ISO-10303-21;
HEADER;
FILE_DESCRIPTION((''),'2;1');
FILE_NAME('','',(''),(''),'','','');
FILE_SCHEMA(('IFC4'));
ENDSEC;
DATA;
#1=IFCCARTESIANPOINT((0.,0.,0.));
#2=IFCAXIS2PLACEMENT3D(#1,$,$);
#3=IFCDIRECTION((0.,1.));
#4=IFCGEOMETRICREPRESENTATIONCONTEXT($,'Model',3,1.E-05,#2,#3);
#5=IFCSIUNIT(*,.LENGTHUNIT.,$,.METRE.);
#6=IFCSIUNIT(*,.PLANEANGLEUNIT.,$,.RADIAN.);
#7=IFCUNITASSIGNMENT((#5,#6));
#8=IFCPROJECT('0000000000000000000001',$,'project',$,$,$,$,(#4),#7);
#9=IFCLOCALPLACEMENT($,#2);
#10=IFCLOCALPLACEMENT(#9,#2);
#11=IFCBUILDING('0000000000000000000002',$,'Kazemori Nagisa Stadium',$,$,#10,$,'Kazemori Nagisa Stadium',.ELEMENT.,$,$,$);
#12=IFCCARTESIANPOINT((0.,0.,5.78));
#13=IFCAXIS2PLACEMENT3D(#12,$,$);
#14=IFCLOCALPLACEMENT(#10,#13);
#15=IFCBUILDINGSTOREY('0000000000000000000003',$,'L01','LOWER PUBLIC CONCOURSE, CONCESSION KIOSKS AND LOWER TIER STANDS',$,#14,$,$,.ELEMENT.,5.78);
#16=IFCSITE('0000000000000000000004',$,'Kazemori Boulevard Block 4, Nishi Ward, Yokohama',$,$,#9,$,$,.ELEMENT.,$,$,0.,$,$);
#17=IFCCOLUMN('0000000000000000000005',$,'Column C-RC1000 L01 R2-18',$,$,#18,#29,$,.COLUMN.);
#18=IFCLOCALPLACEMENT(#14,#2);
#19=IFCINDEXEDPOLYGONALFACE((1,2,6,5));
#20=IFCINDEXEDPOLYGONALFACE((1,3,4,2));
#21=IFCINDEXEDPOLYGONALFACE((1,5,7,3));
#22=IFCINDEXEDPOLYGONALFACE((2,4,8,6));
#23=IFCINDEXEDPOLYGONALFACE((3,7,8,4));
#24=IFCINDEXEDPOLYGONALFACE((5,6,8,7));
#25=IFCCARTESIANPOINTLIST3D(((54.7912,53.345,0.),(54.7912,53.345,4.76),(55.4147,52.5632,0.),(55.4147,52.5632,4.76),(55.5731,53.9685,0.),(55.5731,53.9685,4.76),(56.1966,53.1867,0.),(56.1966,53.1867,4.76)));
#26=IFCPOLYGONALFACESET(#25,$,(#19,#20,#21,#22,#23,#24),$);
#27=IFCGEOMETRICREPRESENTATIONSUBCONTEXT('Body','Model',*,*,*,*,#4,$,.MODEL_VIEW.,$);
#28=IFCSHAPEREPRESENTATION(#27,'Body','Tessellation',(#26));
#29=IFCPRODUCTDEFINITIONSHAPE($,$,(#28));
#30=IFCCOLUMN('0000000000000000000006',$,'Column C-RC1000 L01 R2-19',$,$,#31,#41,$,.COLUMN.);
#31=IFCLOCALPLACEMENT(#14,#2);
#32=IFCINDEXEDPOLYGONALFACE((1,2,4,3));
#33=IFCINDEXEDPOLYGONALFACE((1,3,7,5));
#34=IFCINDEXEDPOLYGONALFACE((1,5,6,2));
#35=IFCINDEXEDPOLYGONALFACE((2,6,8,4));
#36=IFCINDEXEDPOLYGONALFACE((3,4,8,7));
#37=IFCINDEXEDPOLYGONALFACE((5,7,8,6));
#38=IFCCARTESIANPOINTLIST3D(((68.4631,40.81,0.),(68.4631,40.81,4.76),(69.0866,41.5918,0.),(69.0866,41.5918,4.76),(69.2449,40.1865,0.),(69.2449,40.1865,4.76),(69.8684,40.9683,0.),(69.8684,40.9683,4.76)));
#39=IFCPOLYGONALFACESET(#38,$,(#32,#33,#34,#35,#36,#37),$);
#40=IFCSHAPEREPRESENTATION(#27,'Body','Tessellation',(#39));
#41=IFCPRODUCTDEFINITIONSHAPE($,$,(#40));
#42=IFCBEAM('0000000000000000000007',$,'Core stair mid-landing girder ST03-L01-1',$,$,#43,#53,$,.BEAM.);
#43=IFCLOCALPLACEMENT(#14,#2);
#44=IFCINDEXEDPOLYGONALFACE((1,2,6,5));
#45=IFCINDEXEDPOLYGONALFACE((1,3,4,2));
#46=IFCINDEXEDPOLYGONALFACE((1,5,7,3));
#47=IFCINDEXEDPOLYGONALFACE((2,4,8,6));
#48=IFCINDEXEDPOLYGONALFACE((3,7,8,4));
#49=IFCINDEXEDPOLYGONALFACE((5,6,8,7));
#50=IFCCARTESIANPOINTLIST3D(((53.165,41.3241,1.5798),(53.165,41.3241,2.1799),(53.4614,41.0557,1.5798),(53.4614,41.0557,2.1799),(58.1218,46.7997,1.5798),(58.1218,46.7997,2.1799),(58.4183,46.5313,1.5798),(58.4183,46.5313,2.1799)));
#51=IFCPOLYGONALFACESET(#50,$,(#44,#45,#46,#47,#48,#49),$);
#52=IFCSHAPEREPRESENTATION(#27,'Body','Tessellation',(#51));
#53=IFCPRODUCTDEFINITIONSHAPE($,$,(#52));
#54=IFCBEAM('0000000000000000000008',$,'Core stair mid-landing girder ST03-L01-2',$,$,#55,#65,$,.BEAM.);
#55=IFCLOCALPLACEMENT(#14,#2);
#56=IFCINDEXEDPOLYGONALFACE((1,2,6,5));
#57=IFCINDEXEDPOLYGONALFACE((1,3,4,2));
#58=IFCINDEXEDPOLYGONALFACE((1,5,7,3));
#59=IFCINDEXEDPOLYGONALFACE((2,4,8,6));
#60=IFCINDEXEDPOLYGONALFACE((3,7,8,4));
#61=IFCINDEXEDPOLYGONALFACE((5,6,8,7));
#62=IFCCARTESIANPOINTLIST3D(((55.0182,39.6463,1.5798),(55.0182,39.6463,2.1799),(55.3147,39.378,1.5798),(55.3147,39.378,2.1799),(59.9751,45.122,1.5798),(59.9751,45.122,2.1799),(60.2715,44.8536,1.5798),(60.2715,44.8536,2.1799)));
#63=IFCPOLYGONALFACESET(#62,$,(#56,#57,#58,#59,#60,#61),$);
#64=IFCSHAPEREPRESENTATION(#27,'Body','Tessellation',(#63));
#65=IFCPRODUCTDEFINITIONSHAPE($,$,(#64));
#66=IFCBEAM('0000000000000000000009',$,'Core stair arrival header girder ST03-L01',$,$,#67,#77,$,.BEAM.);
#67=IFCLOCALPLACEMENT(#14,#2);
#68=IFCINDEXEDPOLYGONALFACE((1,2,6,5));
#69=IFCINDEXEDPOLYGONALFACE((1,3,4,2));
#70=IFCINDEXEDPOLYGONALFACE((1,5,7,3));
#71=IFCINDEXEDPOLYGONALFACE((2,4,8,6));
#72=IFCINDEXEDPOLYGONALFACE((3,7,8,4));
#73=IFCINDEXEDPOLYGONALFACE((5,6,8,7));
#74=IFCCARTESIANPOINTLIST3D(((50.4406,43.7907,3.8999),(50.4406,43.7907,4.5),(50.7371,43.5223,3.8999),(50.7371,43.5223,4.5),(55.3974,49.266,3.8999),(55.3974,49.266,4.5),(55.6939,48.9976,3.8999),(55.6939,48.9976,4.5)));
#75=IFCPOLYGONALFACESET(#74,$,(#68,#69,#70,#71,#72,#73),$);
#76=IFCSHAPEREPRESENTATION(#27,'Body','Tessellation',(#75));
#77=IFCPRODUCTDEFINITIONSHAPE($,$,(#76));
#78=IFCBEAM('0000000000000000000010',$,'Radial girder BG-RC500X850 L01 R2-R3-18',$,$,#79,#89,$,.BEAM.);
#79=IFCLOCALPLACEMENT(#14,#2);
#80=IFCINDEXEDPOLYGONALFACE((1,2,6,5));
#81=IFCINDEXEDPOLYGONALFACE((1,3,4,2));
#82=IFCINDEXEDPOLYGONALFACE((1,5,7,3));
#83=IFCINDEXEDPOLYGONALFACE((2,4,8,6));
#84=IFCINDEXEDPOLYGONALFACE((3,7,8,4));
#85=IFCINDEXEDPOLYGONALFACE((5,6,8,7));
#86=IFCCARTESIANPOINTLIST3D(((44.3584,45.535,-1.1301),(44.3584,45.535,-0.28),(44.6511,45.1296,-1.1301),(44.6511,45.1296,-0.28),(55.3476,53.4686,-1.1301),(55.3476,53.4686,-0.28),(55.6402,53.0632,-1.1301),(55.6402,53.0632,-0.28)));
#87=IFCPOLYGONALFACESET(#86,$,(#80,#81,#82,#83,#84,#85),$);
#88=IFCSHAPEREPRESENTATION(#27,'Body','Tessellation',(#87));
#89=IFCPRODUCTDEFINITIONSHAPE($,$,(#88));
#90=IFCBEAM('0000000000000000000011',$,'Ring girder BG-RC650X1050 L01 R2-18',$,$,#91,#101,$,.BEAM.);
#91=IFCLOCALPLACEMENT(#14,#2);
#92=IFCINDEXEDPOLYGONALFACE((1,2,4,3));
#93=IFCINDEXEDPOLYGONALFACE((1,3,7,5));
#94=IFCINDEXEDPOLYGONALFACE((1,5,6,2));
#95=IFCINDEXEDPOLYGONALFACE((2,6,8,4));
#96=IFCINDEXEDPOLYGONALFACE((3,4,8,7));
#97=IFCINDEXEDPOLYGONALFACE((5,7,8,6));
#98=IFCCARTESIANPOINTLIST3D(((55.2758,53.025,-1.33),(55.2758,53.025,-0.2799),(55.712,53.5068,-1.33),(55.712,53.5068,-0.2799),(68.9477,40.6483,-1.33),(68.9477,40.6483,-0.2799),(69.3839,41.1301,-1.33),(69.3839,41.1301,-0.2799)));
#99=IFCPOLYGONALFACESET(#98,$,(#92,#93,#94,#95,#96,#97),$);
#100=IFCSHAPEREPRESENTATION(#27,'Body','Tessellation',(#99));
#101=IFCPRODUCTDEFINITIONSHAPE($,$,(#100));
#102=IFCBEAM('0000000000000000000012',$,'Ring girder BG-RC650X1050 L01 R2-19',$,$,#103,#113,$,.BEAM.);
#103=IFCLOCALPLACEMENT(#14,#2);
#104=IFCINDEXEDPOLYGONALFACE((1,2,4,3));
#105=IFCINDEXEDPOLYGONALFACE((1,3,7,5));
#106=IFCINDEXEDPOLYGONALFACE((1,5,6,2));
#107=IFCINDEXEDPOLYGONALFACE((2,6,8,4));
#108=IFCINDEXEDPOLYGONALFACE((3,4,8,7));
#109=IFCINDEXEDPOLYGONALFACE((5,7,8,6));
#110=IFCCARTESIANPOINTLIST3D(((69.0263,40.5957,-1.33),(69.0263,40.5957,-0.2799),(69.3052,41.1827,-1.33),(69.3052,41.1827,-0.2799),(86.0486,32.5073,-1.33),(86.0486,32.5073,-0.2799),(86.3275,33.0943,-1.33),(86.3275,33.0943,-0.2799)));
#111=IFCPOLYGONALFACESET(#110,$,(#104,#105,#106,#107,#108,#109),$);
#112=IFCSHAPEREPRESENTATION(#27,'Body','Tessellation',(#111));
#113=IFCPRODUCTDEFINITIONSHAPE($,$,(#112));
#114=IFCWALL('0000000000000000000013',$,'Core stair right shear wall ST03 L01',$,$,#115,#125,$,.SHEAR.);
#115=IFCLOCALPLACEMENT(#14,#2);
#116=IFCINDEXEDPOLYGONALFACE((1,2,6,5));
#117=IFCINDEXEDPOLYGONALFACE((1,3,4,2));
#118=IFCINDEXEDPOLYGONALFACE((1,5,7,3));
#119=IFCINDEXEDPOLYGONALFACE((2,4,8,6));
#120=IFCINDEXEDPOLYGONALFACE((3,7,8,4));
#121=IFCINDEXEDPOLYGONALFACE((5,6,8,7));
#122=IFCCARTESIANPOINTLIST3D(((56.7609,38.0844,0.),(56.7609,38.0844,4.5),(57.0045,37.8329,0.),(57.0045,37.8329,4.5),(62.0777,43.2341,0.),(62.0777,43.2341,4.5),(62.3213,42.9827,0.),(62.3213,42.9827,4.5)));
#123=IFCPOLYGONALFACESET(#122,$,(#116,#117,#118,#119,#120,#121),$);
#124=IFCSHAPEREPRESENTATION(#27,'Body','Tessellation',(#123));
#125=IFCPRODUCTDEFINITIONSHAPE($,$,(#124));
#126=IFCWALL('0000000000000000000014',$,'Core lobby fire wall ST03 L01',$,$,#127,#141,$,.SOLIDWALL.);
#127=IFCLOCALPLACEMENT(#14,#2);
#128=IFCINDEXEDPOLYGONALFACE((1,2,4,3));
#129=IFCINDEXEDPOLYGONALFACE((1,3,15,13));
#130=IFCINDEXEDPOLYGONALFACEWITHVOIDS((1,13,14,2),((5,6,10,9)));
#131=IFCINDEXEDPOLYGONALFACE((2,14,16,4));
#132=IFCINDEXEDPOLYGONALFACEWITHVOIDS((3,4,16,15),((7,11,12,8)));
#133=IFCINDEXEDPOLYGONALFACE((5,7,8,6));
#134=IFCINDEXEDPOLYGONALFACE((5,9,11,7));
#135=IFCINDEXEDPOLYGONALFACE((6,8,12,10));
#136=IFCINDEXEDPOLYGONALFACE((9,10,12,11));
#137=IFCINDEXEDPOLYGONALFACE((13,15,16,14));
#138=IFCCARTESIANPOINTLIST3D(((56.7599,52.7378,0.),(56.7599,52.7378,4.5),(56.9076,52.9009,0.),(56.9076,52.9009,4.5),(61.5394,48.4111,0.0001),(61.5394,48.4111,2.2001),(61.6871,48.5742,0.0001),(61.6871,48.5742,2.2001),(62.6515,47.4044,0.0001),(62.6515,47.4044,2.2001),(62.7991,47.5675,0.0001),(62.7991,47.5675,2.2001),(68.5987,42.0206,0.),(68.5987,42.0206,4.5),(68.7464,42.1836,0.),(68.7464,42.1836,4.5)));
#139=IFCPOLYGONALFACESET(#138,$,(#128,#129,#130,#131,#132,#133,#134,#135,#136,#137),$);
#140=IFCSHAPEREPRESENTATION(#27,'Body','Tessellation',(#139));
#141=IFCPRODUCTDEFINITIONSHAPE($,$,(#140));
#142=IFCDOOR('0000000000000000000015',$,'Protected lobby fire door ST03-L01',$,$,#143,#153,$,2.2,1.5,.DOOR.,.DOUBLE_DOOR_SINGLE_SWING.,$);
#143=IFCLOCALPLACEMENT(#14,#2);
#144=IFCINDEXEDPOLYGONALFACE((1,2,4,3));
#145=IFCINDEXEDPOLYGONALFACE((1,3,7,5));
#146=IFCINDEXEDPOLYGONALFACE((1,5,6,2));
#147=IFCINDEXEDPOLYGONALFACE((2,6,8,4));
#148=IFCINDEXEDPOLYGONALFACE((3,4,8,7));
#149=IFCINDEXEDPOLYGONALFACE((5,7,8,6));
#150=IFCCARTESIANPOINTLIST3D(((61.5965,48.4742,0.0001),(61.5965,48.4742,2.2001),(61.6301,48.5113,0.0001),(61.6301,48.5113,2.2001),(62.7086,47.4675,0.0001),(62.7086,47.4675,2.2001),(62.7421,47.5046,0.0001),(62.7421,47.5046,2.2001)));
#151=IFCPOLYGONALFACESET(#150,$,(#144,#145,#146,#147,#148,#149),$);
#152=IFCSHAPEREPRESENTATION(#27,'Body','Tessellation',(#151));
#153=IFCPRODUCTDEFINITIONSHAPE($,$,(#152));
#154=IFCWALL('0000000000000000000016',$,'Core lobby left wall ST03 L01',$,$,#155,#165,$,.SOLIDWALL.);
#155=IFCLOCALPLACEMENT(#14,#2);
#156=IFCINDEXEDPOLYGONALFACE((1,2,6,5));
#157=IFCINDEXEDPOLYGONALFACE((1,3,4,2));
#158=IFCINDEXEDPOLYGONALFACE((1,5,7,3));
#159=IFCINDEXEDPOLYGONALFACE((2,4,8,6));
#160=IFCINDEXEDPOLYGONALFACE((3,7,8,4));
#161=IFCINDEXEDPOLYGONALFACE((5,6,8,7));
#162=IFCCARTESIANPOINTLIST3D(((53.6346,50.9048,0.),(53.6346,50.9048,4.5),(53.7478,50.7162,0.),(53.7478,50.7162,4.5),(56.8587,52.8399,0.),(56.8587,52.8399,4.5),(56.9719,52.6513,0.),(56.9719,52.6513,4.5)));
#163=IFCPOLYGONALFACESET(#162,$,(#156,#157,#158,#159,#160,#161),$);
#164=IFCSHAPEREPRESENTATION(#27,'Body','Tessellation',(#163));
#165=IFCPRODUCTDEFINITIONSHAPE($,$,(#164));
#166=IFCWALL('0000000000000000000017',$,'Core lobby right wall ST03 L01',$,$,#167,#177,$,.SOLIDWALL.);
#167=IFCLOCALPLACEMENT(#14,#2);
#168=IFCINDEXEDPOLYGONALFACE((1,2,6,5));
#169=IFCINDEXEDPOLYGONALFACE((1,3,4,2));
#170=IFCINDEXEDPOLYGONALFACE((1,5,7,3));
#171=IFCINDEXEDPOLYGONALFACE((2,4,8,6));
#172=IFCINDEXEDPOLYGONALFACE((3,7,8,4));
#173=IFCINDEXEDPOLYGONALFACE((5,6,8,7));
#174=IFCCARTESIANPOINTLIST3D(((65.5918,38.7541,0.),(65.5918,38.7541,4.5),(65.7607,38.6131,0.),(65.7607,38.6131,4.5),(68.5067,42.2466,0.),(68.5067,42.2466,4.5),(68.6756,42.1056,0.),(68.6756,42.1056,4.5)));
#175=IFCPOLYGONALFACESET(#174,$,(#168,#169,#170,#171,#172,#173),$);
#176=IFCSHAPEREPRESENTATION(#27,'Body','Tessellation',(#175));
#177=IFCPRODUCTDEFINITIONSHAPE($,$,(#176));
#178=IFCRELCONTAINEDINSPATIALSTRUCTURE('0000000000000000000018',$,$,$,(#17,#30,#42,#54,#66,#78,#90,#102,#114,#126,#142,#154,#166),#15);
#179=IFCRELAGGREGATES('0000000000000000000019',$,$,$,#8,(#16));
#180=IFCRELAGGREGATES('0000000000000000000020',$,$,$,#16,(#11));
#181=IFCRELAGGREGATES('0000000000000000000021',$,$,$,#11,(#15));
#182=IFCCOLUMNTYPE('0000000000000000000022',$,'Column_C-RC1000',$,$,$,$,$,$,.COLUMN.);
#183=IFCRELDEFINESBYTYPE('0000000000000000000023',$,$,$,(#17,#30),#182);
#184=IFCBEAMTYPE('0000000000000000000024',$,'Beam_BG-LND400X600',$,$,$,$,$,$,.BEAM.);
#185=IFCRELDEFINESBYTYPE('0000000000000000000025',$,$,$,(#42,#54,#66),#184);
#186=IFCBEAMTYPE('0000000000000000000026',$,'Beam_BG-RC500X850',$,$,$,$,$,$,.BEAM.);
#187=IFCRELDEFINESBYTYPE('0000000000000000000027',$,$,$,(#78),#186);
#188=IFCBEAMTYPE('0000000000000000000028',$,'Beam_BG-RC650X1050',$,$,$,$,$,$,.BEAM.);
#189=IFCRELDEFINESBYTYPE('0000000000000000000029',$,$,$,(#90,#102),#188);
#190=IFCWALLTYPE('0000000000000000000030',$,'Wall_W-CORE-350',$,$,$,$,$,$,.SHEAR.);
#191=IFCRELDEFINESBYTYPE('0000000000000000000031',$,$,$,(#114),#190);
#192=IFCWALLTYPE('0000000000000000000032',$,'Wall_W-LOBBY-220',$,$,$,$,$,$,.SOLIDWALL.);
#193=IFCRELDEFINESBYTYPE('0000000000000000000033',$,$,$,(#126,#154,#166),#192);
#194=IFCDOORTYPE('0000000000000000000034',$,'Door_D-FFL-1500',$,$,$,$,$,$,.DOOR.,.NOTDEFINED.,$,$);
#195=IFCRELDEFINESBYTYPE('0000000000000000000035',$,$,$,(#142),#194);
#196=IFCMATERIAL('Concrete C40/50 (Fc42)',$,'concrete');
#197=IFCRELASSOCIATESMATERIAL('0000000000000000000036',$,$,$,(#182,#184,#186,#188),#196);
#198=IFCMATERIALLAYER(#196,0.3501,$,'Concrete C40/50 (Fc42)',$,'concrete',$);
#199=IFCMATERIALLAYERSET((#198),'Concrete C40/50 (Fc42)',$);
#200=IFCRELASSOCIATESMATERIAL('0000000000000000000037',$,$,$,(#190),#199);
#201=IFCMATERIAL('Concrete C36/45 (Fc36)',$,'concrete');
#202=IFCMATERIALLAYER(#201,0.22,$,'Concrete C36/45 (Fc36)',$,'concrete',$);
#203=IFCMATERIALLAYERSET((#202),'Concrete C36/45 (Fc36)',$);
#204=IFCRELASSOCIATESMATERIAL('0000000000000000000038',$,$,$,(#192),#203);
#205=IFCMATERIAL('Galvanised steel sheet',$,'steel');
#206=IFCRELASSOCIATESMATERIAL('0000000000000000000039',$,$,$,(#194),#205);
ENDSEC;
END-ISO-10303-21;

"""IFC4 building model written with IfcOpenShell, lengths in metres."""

from ifc_helpers import new_model, si_unit, direction, frame, frame_2d, origin, origin_2d, place, context, subcontext, project, spatial, rectangle, extrude, material, layer, layer_set, material_profile, profile_set, type_object, element, fill, save


model = new_model("IFC4")

# Units and contexts
model_context = context("Model", 3, precision=1e-05, world=origin(), true_north=direction((0.0, 1.0)))
body_context = subcontext(model_context, "Body", "Model", "MODEL_VIEW")
ifc_project = project(units=[si_unit("LENGTHUNIT", "METRE"), si_unit("PLANEANGLEUNIT", "RADIAN")], contexts=[model_context])

# Site, building, storey
site_placement = place(None, origin())
site = spatial("IfcSite", under=ifc_project, at=site_placement, Name="Kazemori Boulevard Block 4, Nishi Ward, Yokohama", CompositionType="ELEMENT", RefElevation=0.0)
building_placement = place(site_placement, origin())
building = spatial("IfcBuilding", under=site, at=building_placement, Name="Kazemori Nagisa Stadium", LongName="Kazemori Nagisa Stadium", CompositionType="ELEMENT")
storey_placement = place(building_placement, frame((0.0, 0.0, 5.78)))
storey = spatial("IfcBuildingStorey", under=building, at=storey_placement, Name="L01", Description="LOWER PUBLIC CONCOURSE, CONCESSION KIOSKS AND LOWER TIER STANDS", CompositionType="ELEMENT", Elevation=5.78)

# Columns
ifc_material_1 = material(Name="Concrete C40/50 (Fc42)", Category="concrete")
ifc_material_profile_1 = material_profile(ifc_material_1, rectangle(XDim=1.0, YDim=1.0, at=origin_2d()), Name="RC-COL-1000x1000")
ifc_profile_set_1 = profile_set([ifc_material_profile_1], Name="Concrete C40/50 (Fc42)")
column_type = type_object("IfcColumnType", Name="Column_C-RC1000", PredefinedType="COLUMN", material=ifc_profile_set_1)
for number, where, z_axis, x_axis, name in (
    (1, (55.4939, 53.2659, 0.0), (0.0, 0.0, 1.0), (-0.781831, -0.62349, 0.0), "Column C-RC1000 L01 R2-18"),
    (2, (69.1658, 40.8892, 0.0), (0.0, 0.0, 1.0), (-0.62349, -0.781831, 0.0), "Column C-RC1000 L01 R2-19"),
):
    element("IfcColumn", number, at=place(storey_placement, frame(where, z_axis=z_axis, x_axis=x_axis)), inside=storey, type_object=column_type, Name=name, PredefinedType="COLUMN", context=body_context, shape_type="SweptSolid", body=[
        extrude(rectangle(XDim=1.0, YDim=1.0, at=origin_2d()), origin(), (0.0, 0.0, 1.0), 4.76),
    ])

# Beams
ifc_material_profile_2 = material_profile(ifc_material_1, rectangle(XDim=0.3999, YDim=0.6001, at=origin_2d()), Name="RC-BM-400x600")
ifc_profile_set_2 = profile_set([ifc_material_profile_2], Name="Concrete C40/50 (Fc42)")
beam_type_1 = type_object("IfcBeamType", Name="Beam_BG-LND400X600", PredefinedType="BEAM", material=ifc_profile_set_2)
for number, where, z_axis, x_axis, name in (
    (3, (58.27, 46.6655, 1.8799), (-0.671113, -0.741355, 0.0), (0.741355, -0.671113, 0.0), "Core stair mid-landing girder ST03-L01-1"),
    (4, (60.1233, 44.9878, 1.8799), (-0.671113, -0.741355, 0.0), (0.741355, -0.671113, 0.0), "Core stair mid-landing girder ST03-L01-2"),
):
    element("IfcBeam", number, at=place(storey_placement, frame(where, z_axis=z_axis, x_axis=x_axis)), inside=storey, type_object=beam_type_1, Name=name, PredefinedType="BEAM", context=body_context, shape_type="SweptSolid", body=[
        extrude(rectangle(XDim=0.3999, YDim=0.6001, at=origin_2d()), origin(), (0.0, 0.0, 1.0), 7.386),
    ])
beam_1_placement = place(storey_placement, frame((55.5457, 49.1318, 4.2), z_axis=(-0.67113, -0.74134, 0.0), x_axis=(0.74134, -0.67113, 0.0)))
element("IfcBeam", 5, at=beam_1_placement, inside=storey, type_object=beam_type_1, Name="Core stair arrival header girder ST03-L01", PredefinedType="BEAM", context=body_context, shape_type="SweptSolid", body=[
    extrude(rectangle(XDim=0.3999, YDim=0.6001, at=origin_2d()), origin(), (0.0, 0.0, 1.0), 7.3857),
])
ifc_material_profile_3 = material_profile(ifc_material_1, rectangle(XDim=0.5, YDim=0.8501, at=origin_2d()), Name="RC-BM-500x850")
ifc_profile_set_3 = profile_set([ifc_material_profile_3], Name="Concrete C40/50 (Fc42)")
beam_type_2 = type_object("IfcBeamType", Name="Beam_BG-RC500X850", PredefinedType="BEAM", material=ifc_profile_set_3)
beam_2_placement = place(storey_placement, frame((55.4939, 53.2659, -0.7051), z_axis=(-0.810788, -0.585341, 0.0), x_axis=(0.585341, -0.810788, 0.0)))
element("IfcBeam", 6, at=beam_2_placement, inside=storey, type_object=beam_type_2, Name="Radial girder BG-RC500X850 L01 R2-R3-18", PredefinedType="BEAM", context=body_context, shape_type="SweptSolid", body=[
    extrude(rectangle(XDim=0.5, YDim=0.8501, at=origin_2d()), origin(), (0.0, 0.0, 1.0), 13.5537),
])
ifc_material_profile_4 = material_profile(ifc_material_1, rectangle(XDim=0.6499, YDim=1.05, at=origin_2d()), Name="RC-BM-650x1050")
ifc_profile_set_4 = profile_set([ifc_material_profile_4], Name="Concrete C40/50 (Fc42)")
beam_type_3 = type_object("IfcBeamType", Name="Beam_BG-RC650X1050", PredefinedType="BEAM", material=ifc_profile_set_4)
beam_3_placement = place(storey_placement, frame((55.4939, 53.2659, -0.8049), z_axis=(0.741349, -0.67112, 0.0), x_axis=(0.67112, 0.741349, 0.0)))
element("IfcBeam", 7, at=beam_3_placement, inside=storey, type_object=beam_type_3, Name="Ring girder BG-RC650X1050 L01 R2-18", PredefinedType="BEAM", context=body_context, shape_type="SweptSolid", body=[
    extrude(rectangle(XDim=0.6499, YDim=1.05, at=origin_2d()), origin(), (0.0, 0.0, 1.0), 18.4419),
])
beam_4_placement = place(storey_placement, frame((69.1658, 40.8892, -0.8049), z_axis=(0.903219, -0.429179, 0.0), x_axis=(0.429179, 0.903219, 0.0)))
element("IfcBeam", 8, at=beam_4_placement, inside=storey, type_object=beam_type_3, Name="Ring girder BG-RC650X1050 L01 R2-19", PredefinedType="BEAM", context=body_context, shape_type="SweptSolid", body=[
    extrude(rectangle(XDim=0.6499, YDim=1.05, at=origin_2d()), origin(), (0.0, 0.0, 1.0), 18.8462),
])

# Wall
ifc_layer_1 = layer(ifc_material_1, 0.3501, Name="Concrete C40/50 (Fc42)", Category="concrete")
ifc_layer_set_1 = layer_set([ifc_layer_1], Name="Concrete C40/50 (Fc42)")
wall_type_1 = type_object("IfcWallType", Name="Wall_W-CORE-350", PredefinedType="SHEAR", material=ifc_layer_set_1)
wall_1_placement = place(storey_placement, frame((62.1995, 43.1084, 0.0), z_axis=(0.0, 0.0, 1.0), x_axis=(-0.718297, -0.695736, 0.0)))
element("IfcWall", 9, at=wall_1_placement, inside=storey, type_object=wall_type_1, Name="Core stair right shear wall ST03 L01", PredefinedType="SHEAR", context=body_context, shape_type="SweptSolid", body=[
    extrude(rectangle(XDim=7.4019, YDim=0.3501, at=frame_2d((3.7009, 0.0))), origin(), (0.0, 0.0, 1.0), 4.5),
])

# Wall, opening, door
ifc_material_2 = material(Name="Concrete C36/45 (Fc36)", Category="concrete")
ifc_layer_2 = layer(ifc_material_2, 0.22, Name="Concrete C36/45 (Fc36)", Category="concrete")
ifc_layer_set_2 = layer_set([ifc_layer_2], Name="Concrete C36/45 (Fc36)")
wall_type_2 = type_object("IfcWallType", Name="Wall_W-LOBBY-220", PredefinedType="SOLIDWALL", material=ifc_layer_set_2)
wall_2_placement = place(storey_placement, frame((56.8337, 52.8193, 0.0), z_axis=(0.0, 0.0, 1.0), x_axis=(0.741351, -0.671117, 0.0)))
wall_2 = element("IfcWall", 10, at=wall_2_placement, inside=storey, type_object=wall_type_2, Name="Core lobby fire wall ST03 L01", PredefinedType="SOLIDWALL", context=body_context, shape_type="SweptSolid", body=[
    extrude(rectangle(XDim=15.9692, YDim=0.22, at=frame_2d((7.9846, 0.0))), origin(), (0.0, 0.0, 1.0), 4.5),
])
opening_1_placement = place(wall_2_placement, frame((6.447, 0.0, 0.0)))
opening_1 = element("IfcOpeningElement", 11, at=opening_1_placement, cuts=wall_2, PredefinedType="OPENING", context=body_context, shape_type="SweptSolid", body=[
    extrude(rectangle(XDim=1.5, YDim=2.2, at=frame_2d((0.75, 1.1001))), frame((0.0, 0.1199, 0.0), z_axis=(0.0, -1.0, 0.0), x_axis=(1.0, 0.0, 0.0)), (0.0, 0.0, 1.0), 0.24),
])
ifc_material_3 = material(Name="Galvanised steel sheet", Category="steel")
door_type_1 = type_object("IfcDoorType", Name="Door_D-FFL-1500", OperationType="NOTDEFINED", PredefinedType="DOOR", material=ifc_material_3)
door_1_placement = place(opening_1_placement, frame((1.5, 0.0, 0.0), z_axis=(0.0, 0.0, 1.0), x_axis=(-1.0, 0.0, 0.0)))
door_1 = element("IfcDoor", 12, at=door_1_placement, inside=storey, type_object=door_type_1, Name="Protected lobby fire door ST03-L01", OperationType="DOUBLE_DOOR_SINGLE_SWING", OverallHeight=2.2, OverallWidth=1.5, PredefinedType="DOOR", context=body_context, shape_type="SweptSolid", body=[
    extrude(rectangle(XDim=1.5, YDim=2.2, at=frame_2d((0.75, 1.1001))), frame((0.0, 0.0249, 0.0), z_axis=(0.0, -1.0, 0.0), x_axis=(1.0, 0.0, 0.0)), (0.0, 0.0, 1.0), 0.05),
])
fill(opening_1, door_1)

# Walls
wall_3_placement = place(storey_placement, frame((56.9153, 52.7456, 0.0), z_axis=(0.0, 0.0, 1.0), x_axis=(-0.857424, -0.51461, 0.0)))
element("IfcWall", 13, at=wall_3_placement, inside=storey, type_object=wall_type_2, Name="Core lobby left wall ST03 L01", PredefinedType="SOLIDWALL", context=body_context, shape_type="SweptSolid", body=[
    extrude(rectangle(XDim=3.7603, YDim=0.22, at=frame_2d((1.8801, 0.0))), origin(), (0.0, 0.0, 1.0), 4.5),
])
wall_4_placement = place(storey_placement, frame((68.5911, 42.176, 0.0), z_axis=(0.0, 0.0, 1.0), x_axis=(-0.64076, -0.767742, 0.0)))
element("IfcWall", 14, at=wall_4_placement, inside=storey, type_object=wall_type_2, Name="Core lobby right wall ST03 L01", PredefinedType="SOLIDWALL", context=body_context, shape_type="SweptSolid", body=[
    extrude(rectangle(XDim=4.5491, YDim=0.22, at=frame_2d((2.2744, 0.0))), origin(), (0.0, 0.0, 1.0), 4.5),
])

save(model, "model.ifc")
